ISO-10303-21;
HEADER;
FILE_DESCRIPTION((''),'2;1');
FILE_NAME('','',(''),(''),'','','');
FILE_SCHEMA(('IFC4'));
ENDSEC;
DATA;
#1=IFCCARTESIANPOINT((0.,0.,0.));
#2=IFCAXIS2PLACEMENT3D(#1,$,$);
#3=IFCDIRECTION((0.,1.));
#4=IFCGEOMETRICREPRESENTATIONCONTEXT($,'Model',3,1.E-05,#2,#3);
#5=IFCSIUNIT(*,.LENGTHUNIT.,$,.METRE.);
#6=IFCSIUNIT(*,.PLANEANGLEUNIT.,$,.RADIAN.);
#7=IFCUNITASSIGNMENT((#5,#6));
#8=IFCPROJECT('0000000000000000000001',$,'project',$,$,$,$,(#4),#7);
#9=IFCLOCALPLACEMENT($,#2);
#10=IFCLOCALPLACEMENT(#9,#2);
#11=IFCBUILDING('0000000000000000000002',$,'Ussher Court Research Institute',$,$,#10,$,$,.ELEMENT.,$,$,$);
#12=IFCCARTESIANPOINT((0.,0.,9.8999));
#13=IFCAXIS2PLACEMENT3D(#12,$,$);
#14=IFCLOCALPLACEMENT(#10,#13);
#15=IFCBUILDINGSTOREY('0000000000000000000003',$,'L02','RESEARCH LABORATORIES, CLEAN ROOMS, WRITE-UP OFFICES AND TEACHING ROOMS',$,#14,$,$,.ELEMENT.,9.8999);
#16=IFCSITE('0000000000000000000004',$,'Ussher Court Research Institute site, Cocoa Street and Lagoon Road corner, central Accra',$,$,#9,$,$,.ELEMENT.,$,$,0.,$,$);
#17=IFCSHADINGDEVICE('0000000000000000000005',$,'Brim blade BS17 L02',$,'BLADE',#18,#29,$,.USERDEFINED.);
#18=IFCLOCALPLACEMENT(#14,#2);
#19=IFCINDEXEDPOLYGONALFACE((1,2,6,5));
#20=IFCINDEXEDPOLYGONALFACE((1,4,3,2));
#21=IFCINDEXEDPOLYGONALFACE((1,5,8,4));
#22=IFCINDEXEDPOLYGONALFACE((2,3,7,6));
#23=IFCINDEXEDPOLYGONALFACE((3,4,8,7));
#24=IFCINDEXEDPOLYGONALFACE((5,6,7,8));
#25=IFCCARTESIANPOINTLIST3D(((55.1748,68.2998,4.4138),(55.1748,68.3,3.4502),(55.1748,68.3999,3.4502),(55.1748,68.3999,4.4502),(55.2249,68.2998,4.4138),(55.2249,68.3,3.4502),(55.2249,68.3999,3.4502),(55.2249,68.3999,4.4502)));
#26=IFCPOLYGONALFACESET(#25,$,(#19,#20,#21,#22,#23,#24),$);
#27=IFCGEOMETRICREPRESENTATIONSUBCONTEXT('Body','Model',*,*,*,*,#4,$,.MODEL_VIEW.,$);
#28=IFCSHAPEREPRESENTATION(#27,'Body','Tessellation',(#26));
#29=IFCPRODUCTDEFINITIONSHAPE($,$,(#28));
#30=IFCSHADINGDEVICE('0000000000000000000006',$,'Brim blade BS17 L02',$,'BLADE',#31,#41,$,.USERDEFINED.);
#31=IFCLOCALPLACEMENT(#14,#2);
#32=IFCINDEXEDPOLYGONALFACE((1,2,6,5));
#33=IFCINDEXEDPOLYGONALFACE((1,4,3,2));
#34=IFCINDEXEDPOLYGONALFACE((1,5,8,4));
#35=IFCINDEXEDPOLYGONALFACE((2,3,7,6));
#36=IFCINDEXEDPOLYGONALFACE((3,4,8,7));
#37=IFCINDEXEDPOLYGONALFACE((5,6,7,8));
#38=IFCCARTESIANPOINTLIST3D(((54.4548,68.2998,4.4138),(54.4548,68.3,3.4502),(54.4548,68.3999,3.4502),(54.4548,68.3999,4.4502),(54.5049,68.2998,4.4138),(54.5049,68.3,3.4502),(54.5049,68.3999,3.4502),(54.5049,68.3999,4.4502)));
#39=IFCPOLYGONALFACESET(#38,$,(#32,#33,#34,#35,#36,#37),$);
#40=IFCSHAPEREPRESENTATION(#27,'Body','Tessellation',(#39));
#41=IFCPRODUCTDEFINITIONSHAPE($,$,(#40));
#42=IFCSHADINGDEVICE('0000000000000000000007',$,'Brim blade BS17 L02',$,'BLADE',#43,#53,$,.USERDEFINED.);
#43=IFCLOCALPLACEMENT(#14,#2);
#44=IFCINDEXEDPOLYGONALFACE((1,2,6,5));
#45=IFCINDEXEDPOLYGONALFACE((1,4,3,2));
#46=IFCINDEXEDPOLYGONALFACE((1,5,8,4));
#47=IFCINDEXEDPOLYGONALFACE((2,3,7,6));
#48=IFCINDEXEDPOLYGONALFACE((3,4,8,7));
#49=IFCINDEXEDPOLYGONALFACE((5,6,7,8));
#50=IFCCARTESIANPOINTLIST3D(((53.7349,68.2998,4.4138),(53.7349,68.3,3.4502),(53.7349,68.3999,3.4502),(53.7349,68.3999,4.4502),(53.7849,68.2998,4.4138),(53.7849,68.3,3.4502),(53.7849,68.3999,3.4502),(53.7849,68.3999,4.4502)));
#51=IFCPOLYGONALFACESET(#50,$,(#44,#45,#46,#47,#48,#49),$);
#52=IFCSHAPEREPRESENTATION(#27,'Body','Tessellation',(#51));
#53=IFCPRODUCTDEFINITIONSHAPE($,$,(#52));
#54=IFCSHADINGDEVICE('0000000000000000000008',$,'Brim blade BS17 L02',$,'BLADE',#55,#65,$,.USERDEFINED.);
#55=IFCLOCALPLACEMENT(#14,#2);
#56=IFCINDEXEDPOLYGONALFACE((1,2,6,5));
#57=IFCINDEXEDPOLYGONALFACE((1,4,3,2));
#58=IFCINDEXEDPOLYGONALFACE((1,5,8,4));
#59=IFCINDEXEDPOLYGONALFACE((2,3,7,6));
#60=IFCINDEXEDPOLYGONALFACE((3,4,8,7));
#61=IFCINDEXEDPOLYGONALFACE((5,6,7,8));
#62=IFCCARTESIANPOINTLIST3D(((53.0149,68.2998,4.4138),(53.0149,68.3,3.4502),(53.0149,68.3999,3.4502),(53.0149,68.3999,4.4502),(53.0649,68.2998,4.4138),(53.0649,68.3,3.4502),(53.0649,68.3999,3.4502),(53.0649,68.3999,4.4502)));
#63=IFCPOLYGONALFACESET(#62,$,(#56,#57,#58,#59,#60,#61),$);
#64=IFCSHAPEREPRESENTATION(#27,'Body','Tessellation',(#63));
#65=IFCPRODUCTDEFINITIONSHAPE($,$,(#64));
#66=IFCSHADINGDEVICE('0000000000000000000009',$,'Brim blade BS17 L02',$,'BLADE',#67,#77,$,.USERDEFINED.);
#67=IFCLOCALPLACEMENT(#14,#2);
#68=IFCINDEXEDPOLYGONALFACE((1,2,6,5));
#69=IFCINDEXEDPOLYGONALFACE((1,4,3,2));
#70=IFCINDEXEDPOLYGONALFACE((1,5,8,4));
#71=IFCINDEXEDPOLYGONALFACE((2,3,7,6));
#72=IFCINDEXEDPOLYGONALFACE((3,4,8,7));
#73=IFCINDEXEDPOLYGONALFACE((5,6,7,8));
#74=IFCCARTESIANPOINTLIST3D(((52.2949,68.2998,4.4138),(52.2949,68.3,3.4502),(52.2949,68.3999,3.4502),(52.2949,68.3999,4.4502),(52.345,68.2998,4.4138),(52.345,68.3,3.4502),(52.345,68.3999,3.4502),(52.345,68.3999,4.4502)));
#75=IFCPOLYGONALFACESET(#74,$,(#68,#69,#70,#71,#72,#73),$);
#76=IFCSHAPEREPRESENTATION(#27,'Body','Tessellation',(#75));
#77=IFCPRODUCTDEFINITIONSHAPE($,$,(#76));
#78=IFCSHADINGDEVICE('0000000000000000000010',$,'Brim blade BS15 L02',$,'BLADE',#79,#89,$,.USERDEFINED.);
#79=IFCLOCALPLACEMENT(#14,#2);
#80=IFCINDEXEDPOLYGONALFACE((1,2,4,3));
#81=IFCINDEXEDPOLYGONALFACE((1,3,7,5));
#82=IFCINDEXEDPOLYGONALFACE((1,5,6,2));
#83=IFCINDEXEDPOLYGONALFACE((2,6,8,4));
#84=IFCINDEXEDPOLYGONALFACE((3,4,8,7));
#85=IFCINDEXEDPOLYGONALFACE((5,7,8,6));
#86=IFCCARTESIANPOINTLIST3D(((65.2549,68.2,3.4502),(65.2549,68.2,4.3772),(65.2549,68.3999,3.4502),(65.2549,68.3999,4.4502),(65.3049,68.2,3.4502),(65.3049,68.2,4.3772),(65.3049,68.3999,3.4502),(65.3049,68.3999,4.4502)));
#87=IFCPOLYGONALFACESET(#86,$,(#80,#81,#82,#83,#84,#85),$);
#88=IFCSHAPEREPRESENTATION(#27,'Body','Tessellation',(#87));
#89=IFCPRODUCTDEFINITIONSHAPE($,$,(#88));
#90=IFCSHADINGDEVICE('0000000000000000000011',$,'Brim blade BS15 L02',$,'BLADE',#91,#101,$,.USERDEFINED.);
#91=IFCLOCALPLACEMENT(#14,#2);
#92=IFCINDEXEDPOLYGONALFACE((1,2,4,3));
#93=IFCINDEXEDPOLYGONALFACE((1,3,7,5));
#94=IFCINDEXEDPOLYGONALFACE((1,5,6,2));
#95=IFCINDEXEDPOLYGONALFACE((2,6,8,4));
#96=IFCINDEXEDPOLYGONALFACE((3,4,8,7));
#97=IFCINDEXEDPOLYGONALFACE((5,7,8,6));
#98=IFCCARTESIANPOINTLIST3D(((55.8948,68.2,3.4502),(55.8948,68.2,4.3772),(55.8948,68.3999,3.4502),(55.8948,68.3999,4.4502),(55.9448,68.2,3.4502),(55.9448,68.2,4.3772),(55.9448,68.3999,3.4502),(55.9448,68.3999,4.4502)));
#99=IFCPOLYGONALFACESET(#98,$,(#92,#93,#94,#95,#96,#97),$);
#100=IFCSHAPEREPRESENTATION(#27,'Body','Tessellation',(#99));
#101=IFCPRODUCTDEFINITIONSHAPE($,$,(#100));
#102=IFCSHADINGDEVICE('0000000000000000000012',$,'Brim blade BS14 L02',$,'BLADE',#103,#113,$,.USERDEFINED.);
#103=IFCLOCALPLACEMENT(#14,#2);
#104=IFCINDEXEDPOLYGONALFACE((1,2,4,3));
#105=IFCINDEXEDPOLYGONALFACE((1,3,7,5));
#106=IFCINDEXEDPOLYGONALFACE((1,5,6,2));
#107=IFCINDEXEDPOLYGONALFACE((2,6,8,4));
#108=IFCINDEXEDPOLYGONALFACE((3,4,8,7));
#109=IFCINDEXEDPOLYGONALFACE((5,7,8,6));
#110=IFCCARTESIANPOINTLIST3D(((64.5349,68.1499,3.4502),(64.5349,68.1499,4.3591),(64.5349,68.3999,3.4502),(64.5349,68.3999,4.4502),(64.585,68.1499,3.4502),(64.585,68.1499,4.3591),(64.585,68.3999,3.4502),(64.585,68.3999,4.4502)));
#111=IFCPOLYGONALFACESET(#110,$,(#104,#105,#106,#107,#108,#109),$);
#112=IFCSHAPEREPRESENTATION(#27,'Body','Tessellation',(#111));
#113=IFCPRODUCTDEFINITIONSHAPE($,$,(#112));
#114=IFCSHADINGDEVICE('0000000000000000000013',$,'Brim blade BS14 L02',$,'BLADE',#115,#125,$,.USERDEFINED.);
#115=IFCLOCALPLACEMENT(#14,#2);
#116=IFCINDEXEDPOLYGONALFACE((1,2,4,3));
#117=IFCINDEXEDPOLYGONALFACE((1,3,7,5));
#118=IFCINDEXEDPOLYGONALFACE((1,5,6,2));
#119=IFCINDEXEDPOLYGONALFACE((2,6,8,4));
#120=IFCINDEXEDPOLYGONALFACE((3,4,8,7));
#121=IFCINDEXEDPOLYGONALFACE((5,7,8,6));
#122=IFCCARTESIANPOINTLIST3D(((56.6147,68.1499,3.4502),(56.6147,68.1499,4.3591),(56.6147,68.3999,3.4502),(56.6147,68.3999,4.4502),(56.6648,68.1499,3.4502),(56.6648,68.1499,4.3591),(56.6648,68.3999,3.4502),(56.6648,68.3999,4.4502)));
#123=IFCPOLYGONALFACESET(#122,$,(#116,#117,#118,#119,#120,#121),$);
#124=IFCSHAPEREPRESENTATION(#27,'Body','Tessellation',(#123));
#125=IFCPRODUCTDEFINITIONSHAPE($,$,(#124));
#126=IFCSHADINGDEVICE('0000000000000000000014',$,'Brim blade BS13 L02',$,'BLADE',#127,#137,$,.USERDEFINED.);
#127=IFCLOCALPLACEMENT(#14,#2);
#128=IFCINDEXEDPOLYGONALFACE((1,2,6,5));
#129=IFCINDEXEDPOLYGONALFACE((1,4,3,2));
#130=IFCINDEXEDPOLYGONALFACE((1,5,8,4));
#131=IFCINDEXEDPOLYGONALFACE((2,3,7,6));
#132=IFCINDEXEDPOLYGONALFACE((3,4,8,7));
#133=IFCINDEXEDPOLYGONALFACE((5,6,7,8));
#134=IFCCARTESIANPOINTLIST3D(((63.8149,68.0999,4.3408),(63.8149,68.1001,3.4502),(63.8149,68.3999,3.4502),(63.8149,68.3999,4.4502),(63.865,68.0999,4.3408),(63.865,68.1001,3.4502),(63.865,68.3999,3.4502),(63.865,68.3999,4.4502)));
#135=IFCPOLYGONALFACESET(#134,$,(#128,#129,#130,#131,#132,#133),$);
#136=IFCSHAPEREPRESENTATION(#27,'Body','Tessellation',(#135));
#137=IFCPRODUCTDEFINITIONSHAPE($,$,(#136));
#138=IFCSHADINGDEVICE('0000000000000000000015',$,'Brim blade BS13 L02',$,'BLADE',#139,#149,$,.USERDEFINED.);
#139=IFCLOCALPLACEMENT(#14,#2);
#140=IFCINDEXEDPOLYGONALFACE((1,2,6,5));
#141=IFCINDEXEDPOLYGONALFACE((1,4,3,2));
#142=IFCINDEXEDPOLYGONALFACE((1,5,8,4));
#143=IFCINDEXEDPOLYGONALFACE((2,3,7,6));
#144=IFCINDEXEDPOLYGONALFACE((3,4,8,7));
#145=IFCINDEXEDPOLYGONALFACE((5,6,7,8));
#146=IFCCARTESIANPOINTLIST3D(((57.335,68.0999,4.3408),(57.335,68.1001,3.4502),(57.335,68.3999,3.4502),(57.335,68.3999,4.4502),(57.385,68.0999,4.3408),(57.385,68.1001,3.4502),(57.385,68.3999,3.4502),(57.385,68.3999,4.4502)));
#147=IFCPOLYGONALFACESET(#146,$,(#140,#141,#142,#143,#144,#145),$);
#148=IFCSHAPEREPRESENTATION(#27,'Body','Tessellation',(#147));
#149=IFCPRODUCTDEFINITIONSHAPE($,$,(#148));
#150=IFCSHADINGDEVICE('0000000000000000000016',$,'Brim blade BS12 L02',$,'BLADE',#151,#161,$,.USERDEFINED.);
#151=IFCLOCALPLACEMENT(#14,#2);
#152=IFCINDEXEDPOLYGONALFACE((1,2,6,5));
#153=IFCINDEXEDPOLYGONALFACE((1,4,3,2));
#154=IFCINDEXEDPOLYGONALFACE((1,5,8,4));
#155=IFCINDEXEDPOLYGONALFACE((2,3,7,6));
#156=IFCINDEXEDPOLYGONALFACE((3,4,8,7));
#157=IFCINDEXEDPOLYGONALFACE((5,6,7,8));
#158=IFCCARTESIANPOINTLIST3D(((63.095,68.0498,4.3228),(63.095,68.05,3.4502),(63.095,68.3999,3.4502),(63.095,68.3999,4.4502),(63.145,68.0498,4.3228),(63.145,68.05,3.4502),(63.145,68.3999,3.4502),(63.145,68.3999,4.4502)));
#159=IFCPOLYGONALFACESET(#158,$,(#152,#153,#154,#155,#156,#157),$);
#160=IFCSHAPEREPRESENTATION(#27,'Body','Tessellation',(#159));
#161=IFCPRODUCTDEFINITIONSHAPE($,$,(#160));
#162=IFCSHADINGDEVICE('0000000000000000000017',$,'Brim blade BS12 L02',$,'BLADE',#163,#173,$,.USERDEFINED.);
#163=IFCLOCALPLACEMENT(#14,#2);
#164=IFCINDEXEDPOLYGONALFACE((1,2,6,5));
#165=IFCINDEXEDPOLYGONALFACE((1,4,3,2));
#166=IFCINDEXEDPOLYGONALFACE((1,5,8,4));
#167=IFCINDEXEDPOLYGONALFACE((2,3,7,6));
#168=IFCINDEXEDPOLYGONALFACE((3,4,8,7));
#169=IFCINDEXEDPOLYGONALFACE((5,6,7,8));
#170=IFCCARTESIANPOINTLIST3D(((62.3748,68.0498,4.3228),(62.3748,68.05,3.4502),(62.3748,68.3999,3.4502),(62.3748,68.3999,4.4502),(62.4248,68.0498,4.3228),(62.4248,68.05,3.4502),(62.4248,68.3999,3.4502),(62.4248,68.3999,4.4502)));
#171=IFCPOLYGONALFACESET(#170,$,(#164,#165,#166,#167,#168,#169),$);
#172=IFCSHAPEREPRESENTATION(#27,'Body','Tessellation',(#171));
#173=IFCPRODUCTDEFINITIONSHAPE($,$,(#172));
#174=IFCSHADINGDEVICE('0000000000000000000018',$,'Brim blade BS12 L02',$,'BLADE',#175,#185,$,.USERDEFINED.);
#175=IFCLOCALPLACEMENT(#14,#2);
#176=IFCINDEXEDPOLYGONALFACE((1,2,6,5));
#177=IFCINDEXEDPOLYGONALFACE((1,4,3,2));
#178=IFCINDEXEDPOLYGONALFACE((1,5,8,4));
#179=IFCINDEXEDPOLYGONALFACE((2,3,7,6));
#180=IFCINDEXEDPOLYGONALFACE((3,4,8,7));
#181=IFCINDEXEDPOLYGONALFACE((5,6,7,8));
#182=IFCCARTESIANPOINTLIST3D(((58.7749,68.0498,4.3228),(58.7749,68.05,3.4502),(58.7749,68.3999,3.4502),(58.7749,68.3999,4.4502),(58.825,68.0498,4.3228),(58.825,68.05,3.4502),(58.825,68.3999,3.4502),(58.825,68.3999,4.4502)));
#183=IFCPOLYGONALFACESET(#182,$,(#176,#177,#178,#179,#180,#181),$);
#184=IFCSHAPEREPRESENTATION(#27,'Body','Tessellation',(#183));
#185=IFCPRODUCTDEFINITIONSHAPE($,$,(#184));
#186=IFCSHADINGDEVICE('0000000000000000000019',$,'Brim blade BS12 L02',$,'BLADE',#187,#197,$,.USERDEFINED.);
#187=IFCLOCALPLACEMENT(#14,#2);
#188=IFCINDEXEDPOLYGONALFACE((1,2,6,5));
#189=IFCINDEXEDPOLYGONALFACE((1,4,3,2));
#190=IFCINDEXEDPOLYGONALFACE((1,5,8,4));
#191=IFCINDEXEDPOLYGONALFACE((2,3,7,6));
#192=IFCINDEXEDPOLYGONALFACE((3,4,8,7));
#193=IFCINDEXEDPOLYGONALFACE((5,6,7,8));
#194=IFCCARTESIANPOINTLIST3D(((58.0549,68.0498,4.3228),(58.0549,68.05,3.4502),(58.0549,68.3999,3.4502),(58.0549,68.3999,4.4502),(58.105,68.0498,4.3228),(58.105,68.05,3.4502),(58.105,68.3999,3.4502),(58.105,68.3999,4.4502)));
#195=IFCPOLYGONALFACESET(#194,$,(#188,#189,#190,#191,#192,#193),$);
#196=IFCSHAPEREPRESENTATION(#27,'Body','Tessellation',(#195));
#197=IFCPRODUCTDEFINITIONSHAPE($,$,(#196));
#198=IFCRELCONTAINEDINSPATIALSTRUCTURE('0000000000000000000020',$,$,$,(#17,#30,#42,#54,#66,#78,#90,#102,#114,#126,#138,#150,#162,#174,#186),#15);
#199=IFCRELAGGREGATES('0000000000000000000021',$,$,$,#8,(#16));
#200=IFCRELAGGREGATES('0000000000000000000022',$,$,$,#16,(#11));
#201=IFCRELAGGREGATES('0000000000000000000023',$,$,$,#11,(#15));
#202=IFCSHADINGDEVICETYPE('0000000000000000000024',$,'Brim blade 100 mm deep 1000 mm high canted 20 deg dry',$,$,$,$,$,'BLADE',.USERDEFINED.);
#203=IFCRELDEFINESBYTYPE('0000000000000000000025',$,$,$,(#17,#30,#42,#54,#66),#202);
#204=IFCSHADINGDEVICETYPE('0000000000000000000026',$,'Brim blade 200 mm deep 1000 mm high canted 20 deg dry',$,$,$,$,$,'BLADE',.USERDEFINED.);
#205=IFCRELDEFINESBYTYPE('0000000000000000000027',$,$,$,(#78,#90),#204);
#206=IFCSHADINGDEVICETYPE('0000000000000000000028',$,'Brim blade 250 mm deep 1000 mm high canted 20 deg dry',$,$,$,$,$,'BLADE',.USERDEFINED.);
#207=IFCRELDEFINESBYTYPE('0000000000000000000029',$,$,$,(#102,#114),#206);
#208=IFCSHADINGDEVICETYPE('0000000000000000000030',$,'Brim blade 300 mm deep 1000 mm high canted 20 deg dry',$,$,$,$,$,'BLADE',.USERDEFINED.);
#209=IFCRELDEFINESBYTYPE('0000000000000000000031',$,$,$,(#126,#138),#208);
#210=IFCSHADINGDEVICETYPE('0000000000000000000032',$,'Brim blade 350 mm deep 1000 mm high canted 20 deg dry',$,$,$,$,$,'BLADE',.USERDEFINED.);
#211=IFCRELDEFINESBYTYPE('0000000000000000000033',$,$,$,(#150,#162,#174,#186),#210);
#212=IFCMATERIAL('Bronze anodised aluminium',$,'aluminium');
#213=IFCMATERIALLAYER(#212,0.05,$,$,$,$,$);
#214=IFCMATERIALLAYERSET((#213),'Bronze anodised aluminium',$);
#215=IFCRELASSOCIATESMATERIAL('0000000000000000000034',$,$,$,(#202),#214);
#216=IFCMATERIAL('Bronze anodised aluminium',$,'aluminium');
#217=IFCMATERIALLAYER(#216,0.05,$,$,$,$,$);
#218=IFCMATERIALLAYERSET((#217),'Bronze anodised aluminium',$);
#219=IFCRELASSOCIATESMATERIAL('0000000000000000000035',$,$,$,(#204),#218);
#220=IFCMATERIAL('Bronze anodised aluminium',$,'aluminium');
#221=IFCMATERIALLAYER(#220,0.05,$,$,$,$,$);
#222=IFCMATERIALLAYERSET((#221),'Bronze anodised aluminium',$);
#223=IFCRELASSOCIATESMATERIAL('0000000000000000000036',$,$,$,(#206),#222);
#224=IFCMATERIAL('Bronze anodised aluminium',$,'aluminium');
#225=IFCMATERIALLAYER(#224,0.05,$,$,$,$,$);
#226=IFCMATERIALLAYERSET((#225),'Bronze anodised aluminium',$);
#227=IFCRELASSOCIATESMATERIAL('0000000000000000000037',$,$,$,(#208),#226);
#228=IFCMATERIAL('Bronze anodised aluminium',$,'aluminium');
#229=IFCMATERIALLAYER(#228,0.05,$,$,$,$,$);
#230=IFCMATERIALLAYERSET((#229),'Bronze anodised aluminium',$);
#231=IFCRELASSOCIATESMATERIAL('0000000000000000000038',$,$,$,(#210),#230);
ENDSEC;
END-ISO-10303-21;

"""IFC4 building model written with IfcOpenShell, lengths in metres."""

from ifc_helpers import new_model, si_unit, direction, frame, origin, place, context, subcontext, project, spatial, polyline, outline, extrude, material, layer, layer_set, type_object, element, save


model = new_model("IFC4")

# Units and contexts
model_context = context("Model", 3, precision=1e-05, world=origin(), true_north=direction((0.0, 1.0)))
body_context = subcontext(model_context, "Body", "Model", "MODEL_VIEW")
ifc_project = project(units=[si_unit("LENGTHUNIT", "METRE"), si_unit("PLANEANGLEUNIT", "RADIAN")], contexts=[model_context])

# Site, building, storey
site_placement = place(None, origin())
site = spatial("IfcSite", under=ifc_project, at=site_placement, Name="Ussher Court Research Institute site, Cocoa Street and Lagoon Road corner, central Accra", CompositionType="ELEMENT", RefElevation=0.0)
building_placement = place(site_placement, origin())
building = spatial("IfcBuilding", under=site, at=building_placement, Name="Ussher Court Research Institute", CompositionType="ELEMENT")
storey_placement = place(building_placement, frame((0.0, 0.0, 9.8999)))
storey = spatial("IfcBuildingStorey", under=building, at=storey_placement, Name="L02", Description="RESEARCH LABORATORIES, CLEAN ROOMS, WRITE-UP OFFICES AND TEACHING ROOMS", CompositionType="ELEMENT", Elevation=9.8999)

# Shading devices
ifc_material_1 = material(Name="Bronze anodised aluminium", Category="aluminium")
ifc_layer_1 = layer(ifc_material_1, 0.05)
ifc_layer_set_1 = layer_set([ifc_layer_1], Name="Bronze anodised aluminium")
shading_device_type_1 = type_object("IfcShadingDeviceType", Name="Brim blade 100 mm deep 1000 mm high canted 20 deg dry", ElementType="BLADE", PredefinedType="USERDEFINED", material=ifc_layer_set_1)
for number, where, z_axis, x_axis, name in (
    (1, (55.2, 68.3999, 3.4502), (0.0, 0.0, 1.0), (0.0, -1.0, 0.0), "Brim blade BS17 L02"),
    (2, (54.48, 68.3999, 3.4502), (0.0, 0.0, 1.0), (0.0, -1.0, 0.0), "Brim blade BS17 L02"),
    (3, (53.76, 68.3999, 3.4502), (0.0, 0.0, 1.0), (0.0, -1.0, 0.0), "Brim blade BS17 L02"),
    (4, (53.04, 68.3999, 3.4502), (0.0, 0.0, 1.0), (0.0, -1.0, 0.0), "Brim blade BS17 L02"),
    (5, (52.3201, 68.3999, 3.4502), (0.0, 0.0, 1.0), (0.0, -1.0, 0.0), "Brim blade BS17 L02"),
):
    element("IfcShadingDevice", number, at=place(storey_placement, frame(where, z_axis=z_axis, x_axis=x_axis)), inside=storey, type_object=shading_device_type_1, Name=name, ObjectType="BLADE", PredefinedType="USERDEFINED", context=body_context, shape_type="SweptSolid", body=[
        extrude(outline(polyline([(0.0, 0.0), (0.0999, 0.0), (0.1001, 0.9636), (0.0, 1.0), (0.0, 0.0)])), frame((0.0, 0.0249, 0.0), z_axis=(0.0, -1.0, 0.0), x_axis=(1.0, 0.0, 0.0)), (0.0, 0.0, 1.0), 0.05),
    ])
ifc_material_2 = material(Name="Bronze anodised aluminium", Category="aluminium")
ifc_layer_2 = layer(ifc_material_2, 0.05)
ifc_layer_set_2 = layer_set([ifc_layer_2], Name="Bronze anodised aluminium")
shading_device_type_2 = type_object("IfcShadingDeviceType", Name="Brim blade 200 mm deep 1000 mm high canted 20 deg dry", ElementType="BLADE", PredefinedType="USERDEFINED", material=ifc_layer_set_2)
for number, where, z_axis, x_axis, name in (
    (6, (65.28, 68.3999, 3.4502), (0.0, 0.0, 1.0), (0.0, -1.0, 0.0), "Brim blade BS15 L02"),
    (7, (55.9199, 68.3999, 3.4502), (0.0, 0.0, 1.0), (0.0, -1.0, 0.0), "Brim blade BS15 L02"),
):
    element("IfcShadingDevice", number, at=place(storey_placement, frame(where, z_axis=z_axis, x_axis=x_axis)), inside=storey, type_object=shading_device_type_2, Name=name, ObjectType="BLADE", PredefinedType="USERDEFINED", context=body_context, shape_type="SweptSolid", body=[
        extrude(outline(polyline([(0.0, 0.0), (0.2, 0.0), (0.2, 0.927), (0.0, 1.0), (0.0, 0.0)])), frame((0.0, 0.0249, 0.0), z_axis=(0.0, -1.0, 0.0), x_axis=(1.0, 0.0, 0.0)), (0.0, 0.0, 1.0), 0.05),
    ])
ifc_material_3 = material(Name="Bronze anodised aluminium", Category="aluminium")
ifc_layer_3 = layer(ifc_material_3, 0.05)
ifc_layer_set_3 = layer_set([ifc_layer_3], Name="Bronze anodised aluminium")
shading_device_type_3 = type_object("IfcShadingDeviceType", Name="Brim blade 250 mm deep 1000 mm high canted 20 deg dry", ElementType="BLADE", PredefinedType="USERDEFINED", material=ifc_layer_set_3)
for number, where, z_axis, x_axis, name in (
    (8, (64.5601, 68.3999, 3.4502), (0.0, 0.0, 1.0), (0.0, -1.0, 0.0), "Brim blade BS14 L02"),
    (9, (56.6399, 68.3999, 3.4502), (0.0, 0.0, 1.0), (0.0, -1.0, 0.0), "Brim blade BS14 L02"),
):
    element("IfcShadingDevice", number, at=place(storey_placement, frame(where, z_axis=z_axis, x_axis=x_axis)), inside=storey, type_object=shading_device_type_3, Name=name, ObjectType="BLADE", PredefinedType="USERDEFINED", context=body_context, shape_type="SweptSolid", body=[
        extrude(outline(polyline([(0.0, 0.0), (0.25, 0.0), (0.25, 0.9089), (0.0, 1.0), (0.0, 0.0)])), frame((0.0, 0.0249, 0.0), z_axis=(0.0, -1.0, 0.0), x_axis=(1.0, 0.0, 0.0)), (0.0, 0.0, 1.0), 0.05),
    ])
ifc_material_4 = material(Name="Bronze anodised aluminium", Category="aluminium")
ifc_layer_4 = layer(ifc_material_4, 0.05)
ifc_layer_set_4 = layer_set([ifc_layer_4], Name="Bronze anodised aluminium")
shading_device_type_4 = type_object("IfcShadingDeviceType", Name="Brim blade 300 mm deep 1000 mm high canted 20 deg dry", ElementType="BLADE", PredefinedType="USERDEFINED", material=ifc_layer_set_4)
for number, where, z_axis, x_axis, name in (
    (10, (63.8401, 68.3999, 3.4502), (0.0, 0.0, 1.0), (0.0, -1.0, 0.0), "Brim blade BS13 L02"),
    (11, (57.3601, 68.3999, 3.4502), (0.0, 0.0, 1.0), (0.0, -1.0, 0.0), "Brim blade BS13 L02"),
):
    element("IfcShadingDevice", number, at=place(storey_placement, frame(where, z_axis=z_axis, x_axis=x_axis)), inside=storey, type_object=shading_device_type_4, Name=name, ObjectType="BLADE", PredefinedType="USERDEFINED", context=body_context, shape_type="SweptSolid", body=[
        extrude(outline(polyline([(0.0, 0.0), (0.2998, 0.0), (0.3, 0.8906), (0.0, 1.0), (0.0, 0.0)])), frame((0.0, 0.0249, 0.0), z_axis=(0.0, -1.0, 0.0), x_axis=(1.0, 0.0, 0.0)), (0.0, 0.0, 1.0), 0.05),
    ])
ifc_material_5 = material(Name="Bronze anodised aluminium", Category="aluminium")
ifc_layer_5 = layer(ifc_material_5, 0.05)
ifc_layer_set_5 = layer_set([ifc_layer_5], Name="Bronze anodised aluminium")
shading_device_type_5 = type_object("IfcShadingDeviceType", Name="Brim blade 350 mm deep 1000 mm high canted 20 deg dry", ElementType="BLADE", PredefinedType="USERDEFINED", material=ifc_layer_set_5)
for number, where, z_axis, x_axis, name in (
    (12, (63.1201, 68.3999, 3.4502), (0.0, 0.0, 1.0), (0.0, -1.0, 0.0), "Brim blade BS12 L02"),
    (13, (62.3999, 68.3999, 3.4502), (0.0, 0.0, 1.0), (0.0, -1.0, 0.0), "Brim blade BS12 L02"),
    (14, (58.8, 68.3999, 3.4502), (0.0, 0.0, 1.0), (0.0, -1.0, 0.0), "Brim blade BS12 L02"),
    (15, (58.0801, 68.3999, 3.4502), (0.0, 0.0, 1.0), (0.0, -1.0, 0.0), "Brim blade BS12 L02"),
):
    element("IfcShadingDevice", number, at=place(storey_placement, frame(where, z_axis=z_axis, x_axis=x_axis)), inside=storey, type_object=shading_device_type_5, Name=name, ObjectType="BLADE", PredefinedType="USERDEFINED", context=body_context, shape_type="SweptSolid", body=[
        extrude(outline(polyline([(0.0, 0.0), (0.3499, 0.0), (0.3501, 0.8726), (0.0, 1.0), (0.0, 0.0)])), frame((0.0, 0.0249, 0.0), z_axis=(0.0, -1.0, 0.0), x_axis=(1.0, 0.0, 0.0)), (0.0, 0.0, 1.0), 0.05),
    ])

save(model, "model.ifc")
